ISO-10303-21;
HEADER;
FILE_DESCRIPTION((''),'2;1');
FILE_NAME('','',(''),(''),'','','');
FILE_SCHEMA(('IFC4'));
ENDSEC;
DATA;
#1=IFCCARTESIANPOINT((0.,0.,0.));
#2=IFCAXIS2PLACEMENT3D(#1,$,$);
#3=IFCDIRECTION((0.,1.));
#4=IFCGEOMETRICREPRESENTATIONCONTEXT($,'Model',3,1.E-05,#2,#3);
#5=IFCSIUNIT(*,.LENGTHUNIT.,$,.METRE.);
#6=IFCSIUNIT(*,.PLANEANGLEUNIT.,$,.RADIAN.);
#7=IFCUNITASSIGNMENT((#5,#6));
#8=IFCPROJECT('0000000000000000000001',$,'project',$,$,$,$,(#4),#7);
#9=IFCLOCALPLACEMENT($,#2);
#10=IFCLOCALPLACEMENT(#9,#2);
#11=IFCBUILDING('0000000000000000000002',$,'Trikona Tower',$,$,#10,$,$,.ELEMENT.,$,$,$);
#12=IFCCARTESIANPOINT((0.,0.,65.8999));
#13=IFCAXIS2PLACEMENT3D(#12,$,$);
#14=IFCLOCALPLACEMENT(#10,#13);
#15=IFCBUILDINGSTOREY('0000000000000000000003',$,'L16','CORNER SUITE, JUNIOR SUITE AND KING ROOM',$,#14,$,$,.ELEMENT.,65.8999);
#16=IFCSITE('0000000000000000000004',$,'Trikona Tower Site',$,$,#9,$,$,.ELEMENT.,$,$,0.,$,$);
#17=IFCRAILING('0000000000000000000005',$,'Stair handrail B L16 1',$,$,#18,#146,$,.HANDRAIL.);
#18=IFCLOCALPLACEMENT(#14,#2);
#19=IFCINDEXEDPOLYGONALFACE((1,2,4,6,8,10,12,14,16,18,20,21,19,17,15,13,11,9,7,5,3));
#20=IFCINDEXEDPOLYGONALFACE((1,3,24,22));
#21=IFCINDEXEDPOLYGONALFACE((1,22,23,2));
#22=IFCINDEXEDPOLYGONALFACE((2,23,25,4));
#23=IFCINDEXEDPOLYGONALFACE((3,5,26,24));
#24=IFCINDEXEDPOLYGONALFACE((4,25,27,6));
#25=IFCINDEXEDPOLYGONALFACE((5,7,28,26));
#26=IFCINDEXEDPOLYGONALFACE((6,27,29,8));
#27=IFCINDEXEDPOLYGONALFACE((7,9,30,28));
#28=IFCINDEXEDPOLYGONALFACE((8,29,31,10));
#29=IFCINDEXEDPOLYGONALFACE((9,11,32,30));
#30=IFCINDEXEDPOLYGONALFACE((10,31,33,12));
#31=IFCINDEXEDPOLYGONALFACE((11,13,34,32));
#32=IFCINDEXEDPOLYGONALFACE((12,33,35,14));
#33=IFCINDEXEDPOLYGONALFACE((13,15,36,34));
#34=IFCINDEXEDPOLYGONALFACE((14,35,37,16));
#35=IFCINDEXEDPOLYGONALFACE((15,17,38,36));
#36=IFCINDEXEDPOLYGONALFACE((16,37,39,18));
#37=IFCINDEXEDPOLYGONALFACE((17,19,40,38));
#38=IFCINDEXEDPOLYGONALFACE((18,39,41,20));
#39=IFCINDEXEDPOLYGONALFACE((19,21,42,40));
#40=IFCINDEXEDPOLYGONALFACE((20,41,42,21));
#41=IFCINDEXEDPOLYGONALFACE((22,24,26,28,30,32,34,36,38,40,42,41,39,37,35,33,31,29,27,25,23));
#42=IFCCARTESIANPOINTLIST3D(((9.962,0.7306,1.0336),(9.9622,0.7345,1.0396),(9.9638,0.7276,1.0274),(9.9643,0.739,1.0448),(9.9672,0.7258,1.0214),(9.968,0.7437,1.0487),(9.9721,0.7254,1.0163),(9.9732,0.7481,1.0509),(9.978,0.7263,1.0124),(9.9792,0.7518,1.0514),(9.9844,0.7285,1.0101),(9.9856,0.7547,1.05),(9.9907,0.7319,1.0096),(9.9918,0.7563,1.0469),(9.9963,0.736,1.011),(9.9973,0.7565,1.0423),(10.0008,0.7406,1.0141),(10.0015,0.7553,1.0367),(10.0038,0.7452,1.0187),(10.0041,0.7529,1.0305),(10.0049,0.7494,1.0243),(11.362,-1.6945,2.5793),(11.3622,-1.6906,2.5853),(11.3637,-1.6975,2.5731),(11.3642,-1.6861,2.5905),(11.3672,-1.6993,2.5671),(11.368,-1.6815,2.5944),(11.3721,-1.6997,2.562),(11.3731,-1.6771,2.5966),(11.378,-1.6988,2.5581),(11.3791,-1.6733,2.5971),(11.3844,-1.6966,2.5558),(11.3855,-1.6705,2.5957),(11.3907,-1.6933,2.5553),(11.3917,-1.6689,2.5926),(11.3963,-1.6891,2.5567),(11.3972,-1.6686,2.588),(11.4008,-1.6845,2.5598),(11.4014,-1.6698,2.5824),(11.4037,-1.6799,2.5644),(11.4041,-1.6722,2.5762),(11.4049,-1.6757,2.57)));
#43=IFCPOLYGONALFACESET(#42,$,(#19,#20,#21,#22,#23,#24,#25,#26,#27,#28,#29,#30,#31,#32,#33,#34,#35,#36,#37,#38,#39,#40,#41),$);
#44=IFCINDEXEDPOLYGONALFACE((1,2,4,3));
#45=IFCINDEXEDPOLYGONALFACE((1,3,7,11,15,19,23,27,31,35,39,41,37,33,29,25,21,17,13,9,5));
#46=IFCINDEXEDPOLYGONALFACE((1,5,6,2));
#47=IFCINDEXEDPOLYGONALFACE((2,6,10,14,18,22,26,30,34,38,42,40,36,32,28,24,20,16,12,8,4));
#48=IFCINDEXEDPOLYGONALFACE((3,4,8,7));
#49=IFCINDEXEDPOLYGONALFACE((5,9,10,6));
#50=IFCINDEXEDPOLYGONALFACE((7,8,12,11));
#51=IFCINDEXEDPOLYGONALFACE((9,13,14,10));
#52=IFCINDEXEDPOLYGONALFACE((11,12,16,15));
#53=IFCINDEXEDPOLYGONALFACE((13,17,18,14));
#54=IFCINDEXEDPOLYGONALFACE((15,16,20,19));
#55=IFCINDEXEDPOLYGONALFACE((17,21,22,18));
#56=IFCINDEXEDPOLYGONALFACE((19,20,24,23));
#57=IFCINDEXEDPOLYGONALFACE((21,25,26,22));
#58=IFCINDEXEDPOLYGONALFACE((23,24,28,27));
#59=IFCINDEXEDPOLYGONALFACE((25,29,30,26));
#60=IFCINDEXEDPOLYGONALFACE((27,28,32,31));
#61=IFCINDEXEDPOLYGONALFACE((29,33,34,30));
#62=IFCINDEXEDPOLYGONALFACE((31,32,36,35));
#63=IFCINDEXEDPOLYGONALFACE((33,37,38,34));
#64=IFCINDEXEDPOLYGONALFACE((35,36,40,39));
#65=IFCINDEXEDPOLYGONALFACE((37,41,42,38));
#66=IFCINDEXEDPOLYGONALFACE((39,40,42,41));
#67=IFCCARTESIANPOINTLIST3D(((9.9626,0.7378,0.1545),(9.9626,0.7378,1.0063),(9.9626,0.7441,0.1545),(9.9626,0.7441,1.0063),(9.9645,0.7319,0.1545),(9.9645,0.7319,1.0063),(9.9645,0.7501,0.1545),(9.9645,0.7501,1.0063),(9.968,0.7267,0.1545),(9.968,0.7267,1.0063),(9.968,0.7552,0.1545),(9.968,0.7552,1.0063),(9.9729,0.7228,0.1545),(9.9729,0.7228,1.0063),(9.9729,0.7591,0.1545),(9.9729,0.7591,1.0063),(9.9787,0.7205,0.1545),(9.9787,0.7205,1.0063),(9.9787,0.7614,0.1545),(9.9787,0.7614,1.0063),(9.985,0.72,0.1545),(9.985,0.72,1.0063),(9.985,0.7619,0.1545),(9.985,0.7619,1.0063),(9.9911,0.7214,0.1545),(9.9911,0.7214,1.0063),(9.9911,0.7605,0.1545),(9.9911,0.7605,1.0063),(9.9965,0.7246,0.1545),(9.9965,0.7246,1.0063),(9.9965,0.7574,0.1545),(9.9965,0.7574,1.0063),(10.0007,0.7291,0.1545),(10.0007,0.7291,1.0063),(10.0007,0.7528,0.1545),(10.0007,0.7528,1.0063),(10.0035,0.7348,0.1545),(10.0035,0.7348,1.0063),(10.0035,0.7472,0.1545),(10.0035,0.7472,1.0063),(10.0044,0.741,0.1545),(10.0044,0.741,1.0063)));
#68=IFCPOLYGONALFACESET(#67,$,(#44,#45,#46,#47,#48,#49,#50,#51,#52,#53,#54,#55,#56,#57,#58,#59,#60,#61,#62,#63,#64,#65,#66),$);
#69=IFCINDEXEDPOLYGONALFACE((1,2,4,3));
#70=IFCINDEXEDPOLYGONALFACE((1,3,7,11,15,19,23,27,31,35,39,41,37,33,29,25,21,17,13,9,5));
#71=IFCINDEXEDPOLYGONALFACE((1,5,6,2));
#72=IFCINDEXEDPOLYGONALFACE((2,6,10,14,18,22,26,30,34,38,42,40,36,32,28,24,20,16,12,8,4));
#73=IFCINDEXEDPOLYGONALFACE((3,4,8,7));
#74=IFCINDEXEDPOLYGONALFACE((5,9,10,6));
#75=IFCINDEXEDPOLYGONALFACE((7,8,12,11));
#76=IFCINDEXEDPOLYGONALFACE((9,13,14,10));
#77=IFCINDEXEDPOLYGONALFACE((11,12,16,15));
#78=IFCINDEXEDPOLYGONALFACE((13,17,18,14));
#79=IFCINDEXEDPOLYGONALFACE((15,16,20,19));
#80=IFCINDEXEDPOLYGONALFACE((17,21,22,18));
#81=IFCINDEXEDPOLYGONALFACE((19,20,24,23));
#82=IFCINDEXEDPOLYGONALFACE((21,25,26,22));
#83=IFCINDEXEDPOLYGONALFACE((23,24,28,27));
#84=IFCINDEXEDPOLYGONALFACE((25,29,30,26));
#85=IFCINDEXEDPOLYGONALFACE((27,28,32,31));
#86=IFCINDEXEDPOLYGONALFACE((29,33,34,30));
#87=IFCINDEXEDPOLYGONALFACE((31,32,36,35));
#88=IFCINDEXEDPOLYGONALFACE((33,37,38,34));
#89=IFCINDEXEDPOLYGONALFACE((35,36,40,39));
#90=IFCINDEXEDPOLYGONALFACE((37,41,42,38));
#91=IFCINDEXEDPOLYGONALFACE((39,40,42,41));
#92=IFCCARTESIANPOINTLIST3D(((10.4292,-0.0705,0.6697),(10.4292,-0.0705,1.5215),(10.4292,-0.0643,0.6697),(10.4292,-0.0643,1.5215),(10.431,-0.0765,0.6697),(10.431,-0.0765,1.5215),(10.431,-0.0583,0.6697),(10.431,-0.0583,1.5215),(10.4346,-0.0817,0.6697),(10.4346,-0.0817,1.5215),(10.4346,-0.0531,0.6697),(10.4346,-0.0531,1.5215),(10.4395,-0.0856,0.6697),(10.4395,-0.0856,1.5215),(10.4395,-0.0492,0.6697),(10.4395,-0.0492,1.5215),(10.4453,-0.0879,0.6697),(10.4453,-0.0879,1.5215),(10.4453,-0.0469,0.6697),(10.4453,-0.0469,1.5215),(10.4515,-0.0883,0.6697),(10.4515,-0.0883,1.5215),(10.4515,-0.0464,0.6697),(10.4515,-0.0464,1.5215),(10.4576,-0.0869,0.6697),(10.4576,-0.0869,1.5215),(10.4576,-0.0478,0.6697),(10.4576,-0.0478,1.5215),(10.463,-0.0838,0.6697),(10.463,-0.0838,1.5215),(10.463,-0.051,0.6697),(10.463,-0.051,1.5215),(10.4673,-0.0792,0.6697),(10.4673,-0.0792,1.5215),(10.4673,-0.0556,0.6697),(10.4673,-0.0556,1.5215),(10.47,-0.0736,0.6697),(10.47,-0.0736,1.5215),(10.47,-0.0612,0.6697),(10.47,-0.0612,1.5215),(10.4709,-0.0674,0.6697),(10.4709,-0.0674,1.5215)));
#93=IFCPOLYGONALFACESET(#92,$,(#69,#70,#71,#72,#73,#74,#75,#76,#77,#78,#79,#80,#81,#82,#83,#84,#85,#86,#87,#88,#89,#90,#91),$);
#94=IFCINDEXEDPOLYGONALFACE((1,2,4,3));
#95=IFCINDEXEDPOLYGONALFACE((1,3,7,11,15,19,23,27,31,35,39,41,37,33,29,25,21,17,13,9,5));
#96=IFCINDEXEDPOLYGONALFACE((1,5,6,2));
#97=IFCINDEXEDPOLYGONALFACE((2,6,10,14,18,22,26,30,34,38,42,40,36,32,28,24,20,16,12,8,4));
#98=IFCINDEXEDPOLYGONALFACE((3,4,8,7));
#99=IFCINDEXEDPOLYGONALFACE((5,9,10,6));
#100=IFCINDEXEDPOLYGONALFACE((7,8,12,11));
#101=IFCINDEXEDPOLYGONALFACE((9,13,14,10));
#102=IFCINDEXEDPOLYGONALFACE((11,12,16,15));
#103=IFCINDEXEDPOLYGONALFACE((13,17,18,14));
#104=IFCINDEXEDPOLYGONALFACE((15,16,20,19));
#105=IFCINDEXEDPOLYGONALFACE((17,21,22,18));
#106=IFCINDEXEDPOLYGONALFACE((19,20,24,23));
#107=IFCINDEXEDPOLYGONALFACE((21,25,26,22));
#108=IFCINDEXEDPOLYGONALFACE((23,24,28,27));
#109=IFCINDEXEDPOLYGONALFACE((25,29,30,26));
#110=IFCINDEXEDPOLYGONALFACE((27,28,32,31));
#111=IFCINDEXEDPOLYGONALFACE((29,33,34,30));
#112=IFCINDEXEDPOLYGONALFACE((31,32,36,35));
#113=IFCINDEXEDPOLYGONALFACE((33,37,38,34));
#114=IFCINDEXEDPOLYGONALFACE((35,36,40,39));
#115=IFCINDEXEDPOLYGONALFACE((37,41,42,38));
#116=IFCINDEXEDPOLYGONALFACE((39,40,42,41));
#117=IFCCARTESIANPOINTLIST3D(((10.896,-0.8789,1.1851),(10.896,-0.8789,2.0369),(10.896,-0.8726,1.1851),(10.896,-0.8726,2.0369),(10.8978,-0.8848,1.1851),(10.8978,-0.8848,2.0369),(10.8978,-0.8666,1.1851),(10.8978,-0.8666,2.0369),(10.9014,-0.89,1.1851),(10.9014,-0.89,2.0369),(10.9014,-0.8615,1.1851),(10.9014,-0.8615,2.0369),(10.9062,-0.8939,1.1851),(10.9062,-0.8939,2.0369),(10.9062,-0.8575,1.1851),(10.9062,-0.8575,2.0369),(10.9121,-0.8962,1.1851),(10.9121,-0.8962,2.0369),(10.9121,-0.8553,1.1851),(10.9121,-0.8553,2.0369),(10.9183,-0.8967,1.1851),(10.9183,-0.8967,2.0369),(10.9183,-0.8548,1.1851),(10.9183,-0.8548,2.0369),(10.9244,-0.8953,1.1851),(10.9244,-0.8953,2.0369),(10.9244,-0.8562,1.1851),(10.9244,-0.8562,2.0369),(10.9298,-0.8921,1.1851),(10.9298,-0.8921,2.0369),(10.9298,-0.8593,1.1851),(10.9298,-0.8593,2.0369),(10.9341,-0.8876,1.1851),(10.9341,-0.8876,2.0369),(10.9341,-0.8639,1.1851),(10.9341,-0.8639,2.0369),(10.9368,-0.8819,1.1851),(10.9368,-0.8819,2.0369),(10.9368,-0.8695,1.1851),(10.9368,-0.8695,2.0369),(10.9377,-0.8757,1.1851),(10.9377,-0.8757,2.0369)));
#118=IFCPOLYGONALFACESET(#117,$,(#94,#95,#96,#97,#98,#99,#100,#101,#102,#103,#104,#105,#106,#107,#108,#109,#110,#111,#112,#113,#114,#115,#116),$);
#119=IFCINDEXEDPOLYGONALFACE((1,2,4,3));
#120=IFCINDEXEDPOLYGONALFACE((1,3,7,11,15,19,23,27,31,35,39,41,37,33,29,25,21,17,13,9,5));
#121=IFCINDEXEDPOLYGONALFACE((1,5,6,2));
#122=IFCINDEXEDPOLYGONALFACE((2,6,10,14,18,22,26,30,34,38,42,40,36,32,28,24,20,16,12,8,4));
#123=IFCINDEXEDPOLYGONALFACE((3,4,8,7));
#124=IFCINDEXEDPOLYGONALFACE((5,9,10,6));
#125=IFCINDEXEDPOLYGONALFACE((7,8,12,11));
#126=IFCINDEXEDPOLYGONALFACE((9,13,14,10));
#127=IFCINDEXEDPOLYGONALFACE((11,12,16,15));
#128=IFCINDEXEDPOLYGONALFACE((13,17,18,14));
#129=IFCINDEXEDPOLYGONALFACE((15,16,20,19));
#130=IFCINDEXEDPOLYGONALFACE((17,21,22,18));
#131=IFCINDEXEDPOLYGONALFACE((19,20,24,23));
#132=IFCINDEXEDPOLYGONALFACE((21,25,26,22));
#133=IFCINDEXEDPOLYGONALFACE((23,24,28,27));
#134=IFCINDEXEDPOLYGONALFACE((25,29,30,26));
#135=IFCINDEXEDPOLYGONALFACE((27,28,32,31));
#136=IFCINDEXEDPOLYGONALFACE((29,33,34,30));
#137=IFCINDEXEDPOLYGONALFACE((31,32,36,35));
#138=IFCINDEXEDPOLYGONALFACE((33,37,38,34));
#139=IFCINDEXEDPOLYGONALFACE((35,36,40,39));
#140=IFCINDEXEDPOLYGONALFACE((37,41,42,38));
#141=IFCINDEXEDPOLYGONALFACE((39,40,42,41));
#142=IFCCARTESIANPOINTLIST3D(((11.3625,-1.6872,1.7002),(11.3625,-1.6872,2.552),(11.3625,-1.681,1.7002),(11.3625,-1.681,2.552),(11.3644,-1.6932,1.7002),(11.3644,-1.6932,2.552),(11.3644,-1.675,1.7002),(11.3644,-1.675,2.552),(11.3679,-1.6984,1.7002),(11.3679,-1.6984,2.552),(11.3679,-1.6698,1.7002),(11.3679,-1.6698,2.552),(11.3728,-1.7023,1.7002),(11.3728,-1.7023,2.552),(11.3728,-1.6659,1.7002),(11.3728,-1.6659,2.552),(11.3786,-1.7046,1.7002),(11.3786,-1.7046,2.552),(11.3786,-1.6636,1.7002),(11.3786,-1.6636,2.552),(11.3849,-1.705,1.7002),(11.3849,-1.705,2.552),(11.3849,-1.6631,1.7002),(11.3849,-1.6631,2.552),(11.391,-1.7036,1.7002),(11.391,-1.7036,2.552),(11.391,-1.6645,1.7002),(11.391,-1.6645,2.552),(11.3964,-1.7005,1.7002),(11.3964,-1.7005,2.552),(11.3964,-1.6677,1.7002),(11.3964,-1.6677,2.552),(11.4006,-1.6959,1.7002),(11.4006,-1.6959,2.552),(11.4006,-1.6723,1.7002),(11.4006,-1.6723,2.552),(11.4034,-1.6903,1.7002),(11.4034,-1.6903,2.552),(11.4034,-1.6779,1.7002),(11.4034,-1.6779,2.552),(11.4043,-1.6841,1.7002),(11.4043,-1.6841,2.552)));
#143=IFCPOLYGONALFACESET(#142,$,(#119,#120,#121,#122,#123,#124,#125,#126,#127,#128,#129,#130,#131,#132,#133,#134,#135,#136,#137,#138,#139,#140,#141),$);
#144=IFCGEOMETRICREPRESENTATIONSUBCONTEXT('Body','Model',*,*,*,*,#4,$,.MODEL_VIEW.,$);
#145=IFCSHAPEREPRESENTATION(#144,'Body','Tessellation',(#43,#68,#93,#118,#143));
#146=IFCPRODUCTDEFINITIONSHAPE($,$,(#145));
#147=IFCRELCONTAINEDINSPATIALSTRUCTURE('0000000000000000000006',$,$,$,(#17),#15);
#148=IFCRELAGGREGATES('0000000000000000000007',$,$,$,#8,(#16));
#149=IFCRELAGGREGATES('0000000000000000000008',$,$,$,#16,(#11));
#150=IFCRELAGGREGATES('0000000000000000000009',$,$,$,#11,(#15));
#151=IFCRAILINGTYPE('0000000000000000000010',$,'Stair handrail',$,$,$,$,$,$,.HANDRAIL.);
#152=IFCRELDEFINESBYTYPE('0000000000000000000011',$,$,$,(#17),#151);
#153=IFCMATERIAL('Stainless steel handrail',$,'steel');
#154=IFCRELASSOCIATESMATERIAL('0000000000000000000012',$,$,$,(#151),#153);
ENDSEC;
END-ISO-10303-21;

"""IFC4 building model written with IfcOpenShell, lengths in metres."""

from ifc_helpers import new_model, si_unit, direction, frame, origin, origin_2d, place, context, subcontext, project, spatial, circle, extrude, material, type_object, element, save


model = new_model("IFC4")

# Units and contexts
model_context = context("Model", 3, precision=1e-05, world=origin(), true_north=direction((0.0, 1.0)))
body_context = subcontext(model_context, "Body", "Model", "MODEL_VIEW")
ifc_project = project(units=[si_unit("LENGTHUNIT", "METRE"), si_unit("PLANEANGLEUNIT", "RADIAN")], contexts=[model_context])

# Site, building, storey
site_placement = place(None, origin())
site = spatial("IfcSite", under=ifc_project, at=site_placement, Name="Trikona Tower Site", CompositionType="ELEMENT", RefElevation=0.0)
building_placement = place(site_placement, origin())
building = spatial("IfcBuilding", under=site, at=building_placement, Name="Trikona Tower", CompositionType="ELEMENT")
storey_placement = place(building_placement, frame((0.0, 0.0, 65.8999)))
storey = spatial("IfcBuildingStorey", under=building, at=storey_placement, Name="L16", Description="CORNER SUITE, JUNIOR SUITE AND KING ROOM", CompositionType="ELEMENT", Elevation=65.8999)

# Railing
ifc_material_1 = material(Name="Stainless steel handrail", Category="steel")
railing_type = type_object("IfcRailingType", Name="Stair handrail", PredefinedType="HANDRAIL", material=ifc_material_1)
railing_placement = place(storey_placement, frame((9.9834, 0.741, 0.1545)))
element("IfcRailing", 1, at=railing_placement, inside=storey, type_object=railing_type, Name="Stair handrail B L16 1", PredefinedType="HANDRAIL", context=body_context, shape_type="SweptSolid", body=[
    extrude(circle(Radius=0.0239, at=origin_2d()), frame((0.0, 0.0, 0.876), z_axis=(0.437691, -0.758212, 0.483262), x_axis=(0.866056, 0.499946, 0.0)), (0.0, 0.0, 1.0), 3.1985),
    extrude(circle(Radius=0.021, at=origin_2d()), origin(), (0.0, 0.0, 1.0), 0.8518),
    extrude(circle(Radius=0.021, at=origin_2d()), frame((0.4666, -0.8083, 0.5151)), (0.0, 0.0, 1.0), 0.8518),
    extrude(circle(Radius=0.021, at=origin_2d()), frame((0.9333, -1.6167, 1.0305)), (0.0, 0.0, 1.0), 0.8518),
    extrude(circle(Radius=0.021, at=origin_2d()), frame((1.3999, -2.425, 1.5457)), (0.0, 0.0, 1.0), 0.8518),
])

save(model, "model.ifc")
